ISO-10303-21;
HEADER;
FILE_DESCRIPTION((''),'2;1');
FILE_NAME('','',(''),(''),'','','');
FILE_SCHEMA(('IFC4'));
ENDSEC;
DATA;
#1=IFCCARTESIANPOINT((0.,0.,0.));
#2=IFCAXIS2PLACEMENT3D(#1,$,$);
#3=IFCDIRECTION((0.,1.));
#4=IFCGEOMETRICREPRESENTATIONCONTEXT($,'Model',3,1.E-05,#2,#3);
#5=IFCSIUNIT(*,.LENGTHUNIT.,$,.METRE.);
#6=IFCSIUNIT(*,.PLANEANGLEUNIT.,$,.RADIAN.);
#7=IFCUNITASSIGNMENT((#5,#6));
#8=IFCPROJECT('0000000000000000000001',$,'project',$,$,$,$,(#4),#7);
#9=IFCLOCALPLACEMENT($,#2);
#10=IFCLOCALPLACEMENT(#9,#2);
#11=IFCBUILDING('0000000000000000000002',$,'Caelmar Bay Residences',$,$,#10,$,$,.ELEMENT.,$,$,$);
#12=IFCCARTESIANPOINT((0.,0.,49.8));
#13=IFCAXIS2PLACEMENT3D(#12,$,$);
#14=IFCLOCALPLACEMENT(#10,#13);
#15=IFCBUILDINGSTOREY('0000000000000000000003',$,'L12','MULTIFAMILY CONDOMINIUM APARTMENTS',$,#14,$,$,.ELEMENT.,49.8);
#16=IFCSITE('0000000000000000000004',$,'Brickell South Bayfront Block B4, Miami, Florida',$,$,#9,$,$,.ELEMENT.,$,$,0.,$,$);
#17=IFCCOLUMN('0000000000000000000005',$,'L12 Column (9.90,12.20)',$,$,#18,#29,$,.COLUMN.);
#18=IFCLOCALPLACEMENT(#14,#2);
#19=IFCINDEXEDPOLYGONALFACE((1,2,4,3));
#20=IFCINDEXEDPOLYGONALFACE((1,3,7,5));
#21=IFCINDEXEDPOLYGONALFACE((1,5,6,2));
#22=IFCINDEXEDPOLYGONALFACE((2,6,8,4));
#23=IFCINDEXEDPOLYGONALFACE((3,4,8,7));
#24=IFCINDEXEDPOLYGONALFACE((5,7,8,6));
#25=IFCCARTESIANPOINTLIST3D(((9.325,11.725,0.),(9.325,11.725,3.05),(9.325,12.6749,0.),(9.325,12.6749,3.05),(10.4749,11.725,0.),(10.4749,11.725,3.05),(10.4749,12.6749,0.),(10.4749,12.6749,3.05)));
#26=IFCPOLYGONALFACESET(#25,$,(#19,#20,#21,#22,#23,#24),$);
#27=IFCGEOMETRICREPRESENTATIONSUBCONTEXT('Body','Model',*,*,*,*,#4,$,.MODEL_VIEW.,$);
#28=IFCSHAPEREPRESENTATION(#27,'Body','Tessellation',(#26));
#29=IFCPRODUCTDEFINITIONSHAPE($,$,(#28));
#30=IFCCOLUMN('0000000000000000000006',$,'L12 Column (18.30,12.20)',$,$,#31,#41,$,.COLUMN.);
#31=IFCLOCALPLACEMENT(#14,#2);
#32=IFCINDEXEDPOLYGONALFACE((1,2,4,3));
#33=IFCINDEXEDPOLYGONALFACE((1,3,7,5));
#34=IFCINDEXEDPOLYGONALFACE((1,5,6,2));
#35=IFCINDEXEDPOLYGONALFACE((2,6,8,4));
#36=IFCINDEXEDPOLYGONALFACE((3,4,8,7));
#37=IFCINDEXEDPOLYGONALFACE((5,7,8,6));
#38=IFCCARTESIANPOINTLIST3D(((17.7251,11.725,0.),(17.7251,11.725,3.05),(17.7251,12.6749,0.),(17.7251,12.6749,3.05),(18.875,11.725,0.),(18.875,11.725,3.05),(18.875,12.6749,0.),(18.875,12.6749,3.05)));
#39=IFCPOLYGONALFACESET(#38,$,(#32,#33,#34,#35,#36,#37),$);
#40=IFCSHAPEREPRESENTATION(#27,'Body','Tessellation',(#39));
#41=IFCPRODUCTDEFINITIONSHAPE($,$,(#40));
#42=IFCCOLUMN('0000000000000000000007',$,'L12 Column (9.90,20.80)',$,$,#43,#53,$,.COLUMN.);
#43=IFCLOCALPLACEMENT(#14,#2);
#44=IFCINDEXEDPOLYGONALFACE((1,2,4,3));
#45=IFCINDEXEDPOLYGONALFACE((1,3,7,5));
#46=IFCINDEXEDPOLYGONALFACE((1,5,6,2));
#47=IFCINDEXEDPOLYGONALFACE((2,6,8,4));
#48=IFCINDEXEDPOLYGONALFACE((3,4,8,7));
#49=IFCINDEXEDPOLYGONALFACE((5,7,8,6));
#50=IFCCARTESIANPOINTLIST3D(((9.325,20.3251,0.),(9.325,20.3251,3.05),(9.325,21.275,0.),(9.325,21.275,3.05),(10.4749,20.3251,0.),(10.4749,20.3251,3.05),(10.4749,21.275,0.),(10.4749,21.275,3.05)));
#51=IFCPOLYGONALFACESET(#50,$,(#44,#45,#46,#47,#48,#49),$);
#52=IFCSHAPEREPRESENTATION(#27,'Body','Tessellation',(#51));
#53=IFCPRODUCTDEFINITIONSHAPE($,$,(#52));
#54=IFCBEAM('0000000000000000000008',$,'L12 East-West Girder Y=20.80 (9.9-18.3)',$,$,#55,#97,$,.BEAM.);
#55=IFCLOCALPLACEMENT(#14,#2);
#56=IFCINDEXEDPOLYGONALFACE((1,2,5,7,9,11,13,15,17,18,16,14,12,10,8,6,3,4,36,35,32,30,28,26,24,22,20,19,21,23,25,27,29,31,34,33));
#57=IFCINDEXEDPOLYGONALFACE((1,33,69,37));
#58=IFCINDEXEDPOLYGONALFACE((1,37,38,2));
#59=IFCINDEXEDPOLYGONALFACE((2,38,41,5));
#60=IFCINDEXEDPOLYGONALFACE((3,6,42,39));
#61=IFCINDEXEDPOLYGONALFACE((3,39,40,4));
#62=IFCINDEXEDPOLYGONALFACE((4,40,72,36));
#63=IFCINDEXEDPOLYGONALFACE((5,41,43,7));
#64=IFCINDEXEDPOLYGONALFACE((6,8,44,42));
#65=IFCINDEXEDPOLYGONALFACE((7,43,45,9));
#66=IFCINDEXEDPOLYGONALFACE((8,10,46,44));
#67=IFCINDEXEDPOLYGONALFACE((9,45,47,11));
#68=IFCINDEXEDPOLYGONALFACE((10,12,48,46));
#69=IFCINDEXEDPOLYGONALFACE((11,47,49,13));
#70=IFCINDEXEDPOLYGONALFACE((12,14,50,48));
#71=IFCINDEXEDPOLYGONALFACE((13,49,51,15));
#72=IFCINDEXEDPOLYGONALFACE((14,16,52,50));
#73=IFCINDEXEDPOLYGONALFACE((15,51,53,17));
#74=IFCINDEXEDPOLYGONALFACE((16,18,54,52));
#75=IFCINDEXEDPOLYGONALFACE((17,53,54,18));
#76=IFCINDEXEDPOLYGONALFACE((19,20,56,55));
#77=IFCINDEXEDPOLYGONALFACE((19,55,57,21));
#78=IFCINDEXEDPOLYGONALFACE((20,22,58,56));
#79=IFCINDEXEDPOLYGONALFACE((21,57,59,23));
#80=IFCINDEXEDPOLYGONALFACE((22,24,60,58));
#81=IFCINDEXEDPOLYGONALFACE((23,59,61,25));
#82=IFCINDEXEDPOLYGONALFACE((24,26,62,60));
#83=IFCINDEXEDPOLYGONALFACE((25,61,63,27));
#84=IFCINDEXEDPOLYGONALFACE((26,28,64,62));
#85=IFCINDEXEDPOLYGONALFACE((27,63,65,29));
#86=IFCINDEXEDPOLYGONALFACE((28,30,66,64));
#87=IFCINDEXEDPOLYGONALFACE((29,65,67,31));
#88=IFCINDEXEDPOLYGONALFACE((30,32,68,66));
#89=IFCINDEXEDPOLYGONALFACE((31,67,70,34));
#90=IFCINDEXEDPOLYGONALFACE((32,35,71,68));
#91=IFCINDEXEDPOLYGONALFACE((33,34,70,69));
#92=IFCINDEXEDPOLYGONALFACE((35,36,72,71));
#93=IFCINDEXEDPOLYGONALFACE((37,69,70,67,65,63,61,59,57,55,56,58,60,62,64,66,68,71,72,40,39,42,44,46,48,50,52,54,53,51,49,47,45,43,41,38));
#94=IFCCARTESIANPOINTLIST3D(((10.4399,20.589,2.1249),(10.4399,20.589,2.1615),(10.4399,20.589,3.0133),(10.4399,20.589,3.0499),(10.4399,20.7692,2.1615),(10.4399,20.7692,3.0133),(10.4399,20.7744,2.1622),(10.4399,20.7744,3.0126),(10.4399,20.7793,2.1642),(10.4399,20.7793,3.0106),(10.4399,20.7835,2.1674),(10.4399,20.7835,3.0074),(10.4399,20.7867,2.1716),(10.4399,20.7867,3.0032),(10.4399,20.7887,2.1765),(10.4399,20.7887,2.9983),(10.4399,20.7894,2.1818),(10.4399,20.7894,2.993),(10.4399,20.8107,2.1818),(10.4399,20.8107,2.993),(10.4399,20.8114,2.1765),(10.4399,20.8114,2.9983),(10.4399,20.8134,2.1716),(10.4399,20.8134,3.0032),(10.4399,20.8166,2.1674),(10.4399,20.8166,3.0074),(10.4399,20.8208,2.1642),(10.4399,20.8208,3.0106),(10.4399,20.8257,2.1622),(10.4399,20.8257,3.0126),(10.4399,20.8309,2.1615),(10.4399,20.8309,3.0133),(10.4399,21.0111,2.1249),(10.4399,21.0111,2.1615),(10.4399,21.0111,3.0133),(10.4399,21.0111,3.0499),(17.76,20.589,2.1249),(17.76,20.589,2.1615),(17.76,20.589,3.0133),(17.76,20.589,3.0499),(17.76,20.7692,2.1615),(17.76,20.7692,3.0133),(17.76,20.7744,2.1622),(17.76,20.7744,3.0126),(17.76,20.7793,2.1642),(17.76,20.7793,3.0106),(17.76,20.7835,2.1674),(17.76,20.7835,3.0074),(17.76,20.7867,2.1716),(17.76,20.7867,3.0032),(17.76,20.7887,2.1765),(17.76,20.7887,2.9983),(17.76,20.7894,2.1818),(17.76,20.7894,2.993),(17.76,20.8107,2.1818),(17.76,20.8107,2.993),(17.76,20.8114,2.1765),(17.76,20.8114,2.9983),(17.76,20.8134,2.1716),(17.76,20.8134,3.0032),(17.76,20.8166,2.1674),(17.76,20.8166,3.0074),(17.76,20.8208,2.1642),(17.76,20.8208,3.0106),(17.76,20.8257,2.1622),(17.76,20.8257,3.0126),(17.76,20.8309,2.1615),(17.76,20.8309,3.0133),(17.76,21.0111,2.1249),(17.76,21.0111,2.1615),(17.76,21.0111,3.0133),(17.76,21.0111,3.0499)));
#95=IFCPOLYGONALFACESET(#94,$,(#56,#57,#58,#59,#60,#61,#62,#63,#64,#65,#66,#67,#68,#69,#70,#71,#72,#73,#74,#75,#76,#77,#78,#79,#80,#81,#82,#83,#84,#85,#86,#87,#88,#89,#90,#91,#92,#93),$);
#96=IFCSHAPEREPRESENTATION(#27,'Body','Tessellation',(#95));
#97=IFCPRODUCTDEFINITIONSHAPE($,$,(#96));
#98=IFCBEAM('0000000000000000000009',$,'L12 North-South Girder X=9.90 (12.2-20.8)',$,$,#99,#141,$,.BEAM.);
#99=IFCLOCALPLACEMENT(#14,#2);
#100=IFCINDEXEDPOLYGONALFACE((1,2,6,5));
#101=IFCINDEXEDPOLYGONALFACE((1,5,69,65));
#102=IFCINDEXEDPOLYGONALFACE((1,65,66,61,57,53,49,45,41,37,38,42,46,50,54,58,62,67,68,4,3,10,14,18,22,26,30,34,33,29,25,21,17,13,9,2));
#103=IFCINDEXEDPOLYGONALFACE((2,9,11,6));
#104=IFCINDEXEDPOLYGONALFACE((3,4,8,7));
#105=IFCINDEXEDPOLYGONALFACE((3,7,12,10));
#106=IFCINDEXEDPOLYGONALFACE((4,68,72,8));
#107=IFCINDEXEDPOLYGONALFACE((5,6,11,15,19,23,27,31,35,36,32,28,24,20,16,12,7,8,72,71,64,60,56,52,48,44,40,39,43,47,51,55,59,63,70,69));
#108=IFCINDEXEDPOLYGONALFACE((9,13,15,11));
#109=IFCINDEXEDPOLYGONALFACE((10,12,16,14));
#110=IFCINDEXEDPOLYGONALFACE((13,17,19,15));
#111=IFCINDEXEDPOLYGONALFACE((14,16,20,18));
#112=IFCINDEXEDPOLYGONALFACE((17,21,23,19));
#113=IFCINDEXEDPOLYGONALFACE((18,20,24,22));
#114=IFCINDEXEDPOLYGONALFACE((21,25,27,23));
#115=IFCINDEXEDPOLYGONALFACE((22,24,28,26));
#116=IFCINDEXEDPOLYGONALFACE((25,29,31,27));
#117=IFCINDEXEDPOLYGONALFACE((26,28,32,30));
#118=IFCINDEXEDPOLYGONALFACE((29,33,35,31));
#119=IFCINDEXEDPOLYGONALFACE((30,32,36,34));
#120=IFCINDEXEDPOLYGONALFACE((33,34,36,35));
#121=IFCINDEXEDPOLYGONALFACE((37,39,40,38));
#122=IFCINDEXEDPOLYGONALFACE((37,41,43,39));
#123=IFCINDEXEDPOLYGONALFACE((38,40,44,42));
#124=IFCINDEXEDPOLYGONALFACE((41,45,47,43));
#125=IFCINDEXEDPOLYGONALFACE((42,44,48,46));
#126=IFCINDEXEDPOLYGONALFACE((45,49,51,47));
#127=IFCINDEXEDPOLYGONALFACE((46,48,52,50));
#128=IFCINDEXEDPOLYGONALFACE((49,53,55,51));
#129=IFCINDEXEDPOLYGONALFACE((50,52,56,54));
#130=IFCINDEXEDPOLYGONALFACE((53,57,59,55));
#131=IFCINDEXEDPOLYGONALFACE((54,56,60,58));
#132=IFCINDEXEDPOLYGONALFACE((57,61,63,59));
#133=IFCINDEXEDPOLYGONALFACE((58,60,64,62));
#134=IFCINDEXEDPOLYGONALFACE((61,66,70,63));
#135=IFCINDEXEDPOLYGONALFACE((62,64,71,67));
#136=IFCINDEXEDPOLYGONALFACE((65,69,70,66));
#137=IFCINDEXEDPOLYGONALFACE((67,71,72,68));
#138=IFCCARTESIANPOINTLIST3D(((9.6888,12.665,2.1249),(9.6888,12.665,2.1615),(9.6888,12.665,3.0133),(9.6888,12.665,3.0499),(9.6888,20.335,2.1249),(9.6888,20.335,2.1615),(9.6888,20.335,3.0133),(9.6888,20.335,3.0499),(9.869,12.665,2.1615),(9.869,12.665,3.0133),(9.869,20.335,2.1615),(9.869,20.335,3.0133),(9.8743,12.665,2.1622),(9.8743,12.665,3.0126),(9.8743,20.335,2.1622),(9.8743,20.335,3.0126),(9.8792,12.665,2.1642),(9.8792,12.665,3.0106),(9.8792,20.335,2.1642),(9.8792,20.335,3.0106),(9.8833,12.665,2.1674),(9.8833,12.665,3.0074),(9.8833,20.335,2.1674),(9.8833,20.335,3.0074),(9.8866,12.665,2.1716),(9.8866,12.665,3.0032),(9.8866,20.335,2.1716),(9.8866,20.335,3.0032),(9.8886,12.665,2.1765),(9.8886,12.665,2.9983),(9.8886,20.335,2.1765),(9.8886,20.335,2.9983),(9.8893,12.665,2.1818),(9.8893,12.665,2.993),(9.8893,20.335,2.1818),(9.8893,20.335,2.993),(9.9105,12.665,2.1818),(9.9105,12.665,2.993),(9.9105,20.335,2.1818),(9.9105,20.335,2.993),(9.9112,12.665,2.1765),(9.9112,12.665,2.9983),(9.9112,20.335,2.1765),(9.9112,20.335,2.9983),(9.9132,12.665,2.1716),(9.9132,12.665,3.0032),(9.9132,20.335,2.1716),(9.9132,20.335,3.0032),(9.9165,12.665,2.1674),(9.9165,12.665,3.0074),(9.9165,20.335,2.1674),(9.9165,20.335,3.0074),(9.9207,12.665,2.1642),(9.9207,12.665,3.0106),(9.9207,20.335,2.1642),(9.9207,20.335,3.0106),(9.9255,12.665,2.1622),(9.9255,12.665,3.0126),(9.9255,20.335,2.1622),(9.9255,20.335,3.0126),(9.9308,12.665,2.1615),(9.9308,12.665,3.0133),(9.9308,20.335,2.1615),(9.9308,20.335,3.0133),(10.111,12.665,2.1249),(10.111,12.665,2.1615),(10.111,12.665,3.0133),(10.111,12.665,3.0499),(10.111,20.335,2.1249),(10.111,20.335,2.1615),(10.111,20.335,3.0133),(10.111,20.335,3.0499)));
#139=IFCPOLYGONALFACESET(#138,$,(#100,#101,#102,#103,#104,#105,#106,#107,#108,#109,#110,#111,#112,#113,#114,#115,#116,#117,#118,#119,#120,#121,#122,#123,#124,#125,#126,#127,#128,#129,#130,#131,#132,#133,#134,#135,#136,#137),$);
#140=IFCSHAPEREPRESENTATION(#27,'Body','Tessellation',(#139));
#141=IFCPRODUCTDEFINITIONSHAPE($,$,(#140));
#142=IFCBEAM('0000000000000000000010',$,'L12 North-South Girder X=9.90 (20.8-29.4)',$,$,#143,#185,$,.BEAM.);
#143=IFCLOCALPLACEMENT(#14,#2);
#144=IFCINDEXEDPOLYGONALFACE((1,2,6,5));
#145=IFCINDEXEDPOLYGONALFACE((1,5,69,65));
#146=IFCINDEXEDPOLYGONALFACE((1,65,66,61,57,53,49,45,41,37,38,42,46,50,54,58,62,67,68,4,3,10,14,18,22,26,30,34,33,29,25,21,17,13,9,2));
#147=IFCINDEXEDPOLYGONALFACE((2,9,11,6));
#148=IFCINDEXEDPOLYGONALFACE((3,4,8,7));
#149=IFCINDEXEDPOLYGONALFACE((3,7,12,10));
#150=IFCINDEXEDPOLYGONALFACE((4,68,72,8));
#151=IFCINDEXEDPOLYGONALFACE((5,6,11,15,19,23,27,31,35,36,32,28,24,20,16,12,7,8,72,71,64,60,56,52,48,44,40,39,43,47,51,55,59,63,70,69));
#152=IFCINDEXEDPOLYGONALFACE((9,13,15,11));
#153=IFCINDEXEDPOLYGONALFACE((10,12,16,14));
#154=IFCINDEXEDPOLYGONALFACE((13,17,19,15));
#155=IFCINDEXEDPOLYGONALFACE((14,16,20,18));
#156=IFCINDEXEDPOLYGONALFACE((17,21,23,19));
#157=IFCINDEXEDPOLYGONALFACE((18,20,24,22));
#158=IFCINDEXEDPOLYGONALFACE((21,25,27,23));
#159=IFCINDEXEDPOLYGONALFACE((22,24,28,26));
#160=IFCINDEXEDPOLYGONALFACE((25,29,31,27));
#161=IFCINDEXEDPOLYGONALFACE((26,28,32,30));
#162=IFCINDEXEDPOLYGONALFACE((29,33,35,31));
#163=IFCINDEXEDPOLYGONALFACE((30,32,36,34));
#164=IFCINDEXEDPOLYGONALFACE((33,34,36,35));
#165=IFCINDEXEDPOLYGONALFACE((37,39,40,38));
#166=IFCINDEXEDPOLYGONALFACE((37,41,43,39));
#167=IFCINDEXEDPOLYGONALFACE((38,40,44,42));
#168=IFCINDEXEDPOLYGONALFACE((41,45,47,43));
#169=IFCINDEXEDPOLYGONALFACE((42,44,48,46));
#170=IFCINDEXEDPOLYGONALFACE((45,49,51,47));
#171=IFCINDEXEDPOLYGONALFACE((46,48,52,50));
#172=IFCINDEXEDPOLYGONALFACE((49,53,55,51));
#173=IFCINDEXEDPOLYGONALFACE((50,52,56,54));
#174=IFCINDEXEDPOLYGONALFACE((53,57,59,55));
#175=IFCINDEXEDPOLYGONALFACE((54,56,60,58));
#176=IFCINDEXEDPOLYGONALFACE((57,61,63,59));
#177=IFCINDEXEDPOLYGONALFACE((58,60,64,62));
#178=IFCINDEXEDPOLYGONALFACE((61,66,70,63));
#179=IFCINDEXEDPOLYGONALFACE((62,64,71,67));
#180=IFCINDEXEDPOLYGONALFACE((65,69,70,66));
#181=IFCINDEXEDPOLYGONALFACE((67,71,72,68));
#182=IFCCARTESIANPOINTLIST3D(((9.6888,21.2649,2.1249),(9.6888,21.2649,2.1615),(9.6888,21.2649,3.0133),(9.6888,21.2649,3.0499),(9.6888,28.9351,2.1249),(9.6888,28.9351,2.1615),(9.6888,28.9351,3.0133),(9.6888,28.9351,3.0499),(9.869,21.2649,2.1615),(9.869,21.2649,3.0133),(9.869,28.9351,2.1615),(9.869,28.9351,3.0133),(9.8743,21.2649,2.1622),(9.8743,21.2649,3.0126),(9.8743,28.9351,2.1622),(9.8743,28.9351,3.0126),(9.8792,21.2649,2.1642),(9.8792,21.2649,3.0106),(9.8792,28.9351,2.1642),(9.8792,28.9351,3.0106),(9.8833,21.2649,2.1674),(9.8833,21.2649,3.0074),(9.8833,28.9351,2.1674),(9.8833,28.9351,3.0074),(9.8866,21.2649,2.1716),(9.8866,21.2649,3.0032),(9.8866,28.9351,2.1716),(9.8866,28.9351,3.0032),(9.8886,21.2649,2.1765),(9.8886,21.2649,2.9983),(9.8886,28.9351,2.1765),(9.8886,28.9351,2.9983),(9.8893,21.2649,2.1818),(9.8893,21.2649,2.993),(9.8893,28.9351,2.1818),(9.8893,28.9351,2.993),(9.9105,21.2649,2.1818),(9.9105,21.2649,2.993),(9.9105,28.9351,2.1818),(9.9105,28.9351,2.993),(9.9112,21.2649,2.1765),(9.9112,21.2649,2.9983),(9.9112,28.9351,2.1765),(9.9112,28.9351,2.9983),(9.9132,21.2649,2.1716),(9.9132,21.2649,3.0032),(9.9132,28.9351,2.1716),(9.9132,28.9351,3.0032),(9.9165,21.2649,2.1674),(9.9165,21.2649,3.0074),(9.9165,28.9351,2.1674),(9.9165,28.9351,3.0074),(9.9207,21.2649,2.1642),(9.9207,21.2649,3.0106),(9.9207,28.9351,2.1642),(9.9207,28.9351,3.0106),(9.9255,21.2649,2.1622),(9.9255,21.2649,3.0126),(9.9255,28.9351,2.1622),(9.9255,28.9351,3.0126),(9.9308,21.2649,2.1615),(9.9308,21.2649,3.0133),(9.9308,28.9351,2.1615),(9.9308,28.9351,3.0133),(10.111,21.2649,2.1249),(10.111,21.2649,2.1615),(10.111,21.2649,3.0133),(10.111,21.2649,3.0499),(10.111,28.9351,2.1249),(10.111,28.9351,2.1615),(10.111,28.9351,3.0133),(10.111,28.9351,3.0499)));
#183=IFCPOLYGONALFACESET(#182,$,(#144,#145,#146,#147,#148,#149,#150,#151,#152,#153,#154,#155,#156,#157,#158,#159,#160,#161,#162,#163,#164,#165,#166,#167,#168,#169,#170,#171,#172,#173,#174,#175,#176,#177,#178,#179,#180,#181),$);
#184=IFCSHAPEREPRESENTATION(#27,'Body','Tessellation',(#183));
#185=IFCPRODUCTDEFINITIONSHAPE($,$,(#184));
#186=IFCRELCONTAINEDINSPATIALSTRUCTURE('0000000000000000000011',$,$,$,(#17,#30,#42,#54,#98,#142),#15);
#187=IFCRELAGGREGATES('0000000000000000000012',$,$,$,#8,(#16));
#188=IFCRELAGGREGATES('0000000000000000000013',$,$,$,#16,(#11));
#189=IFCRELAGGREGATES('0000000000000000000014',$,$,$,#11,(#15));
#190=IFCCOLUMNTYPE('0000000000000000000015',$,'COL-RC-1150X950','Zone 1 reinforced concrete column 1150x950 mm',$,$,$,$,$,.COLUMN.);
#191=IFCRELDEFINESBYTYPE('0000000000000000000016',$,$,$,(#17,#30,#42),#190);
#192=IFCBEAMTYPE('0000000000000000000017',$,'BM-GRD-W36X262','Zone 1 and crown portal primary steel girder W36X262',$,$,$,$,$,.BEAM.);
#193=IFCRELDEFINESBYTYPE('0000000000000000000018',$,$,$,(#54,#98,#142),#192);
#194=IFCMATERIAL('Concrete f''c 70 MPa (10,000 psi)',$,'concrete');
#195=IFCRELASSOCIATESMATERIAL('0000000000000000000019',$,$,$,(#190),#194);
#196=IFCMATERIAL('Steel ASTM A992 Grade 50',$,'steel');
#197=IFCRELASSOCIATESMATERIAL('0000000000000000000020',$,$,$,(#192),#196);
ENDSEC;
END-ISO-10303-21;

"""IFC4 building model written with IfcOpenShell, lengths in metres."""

from ifc_helpers import new_model, si_unit, direction, frame, origin, origin_2d, place, context, subcontext, project, spatial, rectangle, i_section, extrude, material, material_profile, profile_set, type_object, element, save


model = new_model("IFC4")

# Units and contexts
model_context = context("Model", 3, precision=1e-05, world=origin(), true_north=direction((0.0, 1.0)))
body_context = subcontext(model_context, "Body", "Model", "MODEL_VIEW")
ifc_project = project(units=[si_unit("LENGTHUNIT", "METRE"), si_unit("PLANEANGLEUNIT", "RADIAN")], contexts=[model_context])

# Site, building, storey
site_placement = place(None, origin())
site = spatial("IfcSite", under=ifc_project, at=site_placement, Name="Brickell South Bayfront Block B4, Miami, Florida", CompositionType="ELEMENT", RefElevation=0.0)
building_placement = place(site_placement, origin())
building = spatial("IfcBuilding", under=site, at=building_placement, Name="Caelmar Bay Residences", CompositionType="ELEMENT")
storey_placement = place(building_placement, frame((0.0, 0.0, 49.8)))
storey = spatial("IfcBuildingStorey", under=building, at=storey_placement, Name="L12", Description="MULTIFAMILY CONDOMINIUM APARTMENTS", CompositionType="ELEMENT", Elevation=49.8)

# Columns
ifc_material_1 = material(Name="Concrete f'c 70 MPa (10,000 psi)", Category="concrete")
ifc_material_profile_1 = material_profile(ifc_material_1, rectangle(XDim=1.1499, YDim=0.95, at=origin_2d()), Name="RC-COL-1150X950")
ifc_profile_set_1 = profile_set([ifc_material_profile_1], Name="Concrete f'c 70 MPa (10,000 psi)")
column_type = type_object("IfcColumnType", Name="COL-RC-1150X950", Description="Zone 1 reinforced concrete column 1150x950 mm", PredefinedType="COLUMN", material=ifc_profile_set_1)
for number, where, z_axis, x_axis, name in (
    (1, (9.8999, 12.2, 0.0), (0.0, 0.0, 1.0), (1.0, 0.0, 0.0), "L12 Column (9.90,12.20)"),
    (2, (18.3, 12.2, 0.0), (0.0, 0.0, 1.0), (1.0, 0.0, 0.0), "L12 Column (18.30,12.20)"),
    (3, (9.8999, 20.8, 0.0), (0.0, 0.0, 1.0), (1.0, 0.0, 0.0), "L12 Column (9.90,20.80)"),
):
    element("IfcColumn", number, at=place(storey_placement, frame(where, z_axis=z_axis, x_axis=x_axis)), inside=storey, type_object=column_type, Name=name, PredefinedType="COLUMN", context=body_context, shape_type="SweptSolid", body=[
        extrude(rectangle(XDim=1.1499, YDim=0.95, at=origin_2d()), origin(), (0.0, 0.0, 1.0), 3.05),
    ])

# Beams
ifc_material_2 = material(Name="Steel ASTM A992 Grade 50", Category="steel")
ifc_material_profile_2 = material_profile(ifc_material_2, i_section(OverallWidth=0.4221, OverallDepth=0.925, WebThickness=0.0212, FlangeThickness=0.0366, FilletRadius=0.0203, at=origin_2d()), Name="W36X262")
ifc_profile_set_2 = profile_set([ifc_material_profile_2], Name="Steel ASTM A992 Grade 50")
beam_type_1 = type_object("IfcBeamType", Name="BM-GRD-W36X262", Description="Zone 1 and crown portal primary steel girder W36X262", PredefinedType="BEAM", material=ifc_profile_set_2)
beam_1_placement = place(storey_placement, frame((10.4399, 20.8, 2.5874), z_axis=(1.0, 0.0, 0.0), x_axis=(0.0, 1.0, 0.0)))
element("IfcBeam", 4, at=beam_1_placement, inside=storey, type_object=beam_type_1, Name="L12 East-West Girder Y=20.80 (9.9-18.3)", PredefinedType="BEAM", context=body_context, shape_type="SweptSolid", body=[
    extrude(i_section(OverallWidth=0.4221, OverallDepth=0.925, WebThickness=0.0212, FlangeThickness=0.0366, FilletRadius=0.0203, at=origin_2d()), origin(), (0.0, 0.0, 1.0), 7.3201),
])
beam_2_placement = place(storey_placement, frame((9.8999, 12.665, 2.5874), z_axis=(0.0, 1.0, 0.0), x_axis=(-1.0, 0.0, 0.0)))
element("IfcBeam", 5, at=beam_2_placement, inside=storey, type_object=beam_type_1, Name="L12 North-South Girder X=9.90 (12.2-20.8)", PredefinedType="BEAM", context=body_context, shape_type="SweptSolid", body=[
    extrude(i_section(OverallWidth=0.4221, OverallDepth=0.925, WebThickness=0.0212, FlangeThickness=0.0366, FilletRadius=0.0203, at=origin_2d()), origin(), (0.0, 0.0, 1.0), 7.6699),
])
beam_3_placement = place(storey_placement, frame((9.8999, 21.2649, 2.5874), z_axis=(0.0, 1.0, 0.0), x_axis=(-1.0, 0.0, 0.0)))
element("IfcBeam", 6, at=beam_3_placement, inside=storey, type_object=beam_type_1, Name="L12 North-South Girder X=9.90 (20.8-29.4)", PredefinedType="BEAM", context=body_context, shape_type="SweptSolid", body=[
    extrude(i_section(OverallWidth=0.4221, OverallDepth=0.925, WebThickness=0.0212, FlangeThickness=0.0366, FilletRadius=0.0203, at=origin_2d()), origin(), (0.0, 0.0, 1.0), 7.6702),
])

save(model, "model.ifc")
